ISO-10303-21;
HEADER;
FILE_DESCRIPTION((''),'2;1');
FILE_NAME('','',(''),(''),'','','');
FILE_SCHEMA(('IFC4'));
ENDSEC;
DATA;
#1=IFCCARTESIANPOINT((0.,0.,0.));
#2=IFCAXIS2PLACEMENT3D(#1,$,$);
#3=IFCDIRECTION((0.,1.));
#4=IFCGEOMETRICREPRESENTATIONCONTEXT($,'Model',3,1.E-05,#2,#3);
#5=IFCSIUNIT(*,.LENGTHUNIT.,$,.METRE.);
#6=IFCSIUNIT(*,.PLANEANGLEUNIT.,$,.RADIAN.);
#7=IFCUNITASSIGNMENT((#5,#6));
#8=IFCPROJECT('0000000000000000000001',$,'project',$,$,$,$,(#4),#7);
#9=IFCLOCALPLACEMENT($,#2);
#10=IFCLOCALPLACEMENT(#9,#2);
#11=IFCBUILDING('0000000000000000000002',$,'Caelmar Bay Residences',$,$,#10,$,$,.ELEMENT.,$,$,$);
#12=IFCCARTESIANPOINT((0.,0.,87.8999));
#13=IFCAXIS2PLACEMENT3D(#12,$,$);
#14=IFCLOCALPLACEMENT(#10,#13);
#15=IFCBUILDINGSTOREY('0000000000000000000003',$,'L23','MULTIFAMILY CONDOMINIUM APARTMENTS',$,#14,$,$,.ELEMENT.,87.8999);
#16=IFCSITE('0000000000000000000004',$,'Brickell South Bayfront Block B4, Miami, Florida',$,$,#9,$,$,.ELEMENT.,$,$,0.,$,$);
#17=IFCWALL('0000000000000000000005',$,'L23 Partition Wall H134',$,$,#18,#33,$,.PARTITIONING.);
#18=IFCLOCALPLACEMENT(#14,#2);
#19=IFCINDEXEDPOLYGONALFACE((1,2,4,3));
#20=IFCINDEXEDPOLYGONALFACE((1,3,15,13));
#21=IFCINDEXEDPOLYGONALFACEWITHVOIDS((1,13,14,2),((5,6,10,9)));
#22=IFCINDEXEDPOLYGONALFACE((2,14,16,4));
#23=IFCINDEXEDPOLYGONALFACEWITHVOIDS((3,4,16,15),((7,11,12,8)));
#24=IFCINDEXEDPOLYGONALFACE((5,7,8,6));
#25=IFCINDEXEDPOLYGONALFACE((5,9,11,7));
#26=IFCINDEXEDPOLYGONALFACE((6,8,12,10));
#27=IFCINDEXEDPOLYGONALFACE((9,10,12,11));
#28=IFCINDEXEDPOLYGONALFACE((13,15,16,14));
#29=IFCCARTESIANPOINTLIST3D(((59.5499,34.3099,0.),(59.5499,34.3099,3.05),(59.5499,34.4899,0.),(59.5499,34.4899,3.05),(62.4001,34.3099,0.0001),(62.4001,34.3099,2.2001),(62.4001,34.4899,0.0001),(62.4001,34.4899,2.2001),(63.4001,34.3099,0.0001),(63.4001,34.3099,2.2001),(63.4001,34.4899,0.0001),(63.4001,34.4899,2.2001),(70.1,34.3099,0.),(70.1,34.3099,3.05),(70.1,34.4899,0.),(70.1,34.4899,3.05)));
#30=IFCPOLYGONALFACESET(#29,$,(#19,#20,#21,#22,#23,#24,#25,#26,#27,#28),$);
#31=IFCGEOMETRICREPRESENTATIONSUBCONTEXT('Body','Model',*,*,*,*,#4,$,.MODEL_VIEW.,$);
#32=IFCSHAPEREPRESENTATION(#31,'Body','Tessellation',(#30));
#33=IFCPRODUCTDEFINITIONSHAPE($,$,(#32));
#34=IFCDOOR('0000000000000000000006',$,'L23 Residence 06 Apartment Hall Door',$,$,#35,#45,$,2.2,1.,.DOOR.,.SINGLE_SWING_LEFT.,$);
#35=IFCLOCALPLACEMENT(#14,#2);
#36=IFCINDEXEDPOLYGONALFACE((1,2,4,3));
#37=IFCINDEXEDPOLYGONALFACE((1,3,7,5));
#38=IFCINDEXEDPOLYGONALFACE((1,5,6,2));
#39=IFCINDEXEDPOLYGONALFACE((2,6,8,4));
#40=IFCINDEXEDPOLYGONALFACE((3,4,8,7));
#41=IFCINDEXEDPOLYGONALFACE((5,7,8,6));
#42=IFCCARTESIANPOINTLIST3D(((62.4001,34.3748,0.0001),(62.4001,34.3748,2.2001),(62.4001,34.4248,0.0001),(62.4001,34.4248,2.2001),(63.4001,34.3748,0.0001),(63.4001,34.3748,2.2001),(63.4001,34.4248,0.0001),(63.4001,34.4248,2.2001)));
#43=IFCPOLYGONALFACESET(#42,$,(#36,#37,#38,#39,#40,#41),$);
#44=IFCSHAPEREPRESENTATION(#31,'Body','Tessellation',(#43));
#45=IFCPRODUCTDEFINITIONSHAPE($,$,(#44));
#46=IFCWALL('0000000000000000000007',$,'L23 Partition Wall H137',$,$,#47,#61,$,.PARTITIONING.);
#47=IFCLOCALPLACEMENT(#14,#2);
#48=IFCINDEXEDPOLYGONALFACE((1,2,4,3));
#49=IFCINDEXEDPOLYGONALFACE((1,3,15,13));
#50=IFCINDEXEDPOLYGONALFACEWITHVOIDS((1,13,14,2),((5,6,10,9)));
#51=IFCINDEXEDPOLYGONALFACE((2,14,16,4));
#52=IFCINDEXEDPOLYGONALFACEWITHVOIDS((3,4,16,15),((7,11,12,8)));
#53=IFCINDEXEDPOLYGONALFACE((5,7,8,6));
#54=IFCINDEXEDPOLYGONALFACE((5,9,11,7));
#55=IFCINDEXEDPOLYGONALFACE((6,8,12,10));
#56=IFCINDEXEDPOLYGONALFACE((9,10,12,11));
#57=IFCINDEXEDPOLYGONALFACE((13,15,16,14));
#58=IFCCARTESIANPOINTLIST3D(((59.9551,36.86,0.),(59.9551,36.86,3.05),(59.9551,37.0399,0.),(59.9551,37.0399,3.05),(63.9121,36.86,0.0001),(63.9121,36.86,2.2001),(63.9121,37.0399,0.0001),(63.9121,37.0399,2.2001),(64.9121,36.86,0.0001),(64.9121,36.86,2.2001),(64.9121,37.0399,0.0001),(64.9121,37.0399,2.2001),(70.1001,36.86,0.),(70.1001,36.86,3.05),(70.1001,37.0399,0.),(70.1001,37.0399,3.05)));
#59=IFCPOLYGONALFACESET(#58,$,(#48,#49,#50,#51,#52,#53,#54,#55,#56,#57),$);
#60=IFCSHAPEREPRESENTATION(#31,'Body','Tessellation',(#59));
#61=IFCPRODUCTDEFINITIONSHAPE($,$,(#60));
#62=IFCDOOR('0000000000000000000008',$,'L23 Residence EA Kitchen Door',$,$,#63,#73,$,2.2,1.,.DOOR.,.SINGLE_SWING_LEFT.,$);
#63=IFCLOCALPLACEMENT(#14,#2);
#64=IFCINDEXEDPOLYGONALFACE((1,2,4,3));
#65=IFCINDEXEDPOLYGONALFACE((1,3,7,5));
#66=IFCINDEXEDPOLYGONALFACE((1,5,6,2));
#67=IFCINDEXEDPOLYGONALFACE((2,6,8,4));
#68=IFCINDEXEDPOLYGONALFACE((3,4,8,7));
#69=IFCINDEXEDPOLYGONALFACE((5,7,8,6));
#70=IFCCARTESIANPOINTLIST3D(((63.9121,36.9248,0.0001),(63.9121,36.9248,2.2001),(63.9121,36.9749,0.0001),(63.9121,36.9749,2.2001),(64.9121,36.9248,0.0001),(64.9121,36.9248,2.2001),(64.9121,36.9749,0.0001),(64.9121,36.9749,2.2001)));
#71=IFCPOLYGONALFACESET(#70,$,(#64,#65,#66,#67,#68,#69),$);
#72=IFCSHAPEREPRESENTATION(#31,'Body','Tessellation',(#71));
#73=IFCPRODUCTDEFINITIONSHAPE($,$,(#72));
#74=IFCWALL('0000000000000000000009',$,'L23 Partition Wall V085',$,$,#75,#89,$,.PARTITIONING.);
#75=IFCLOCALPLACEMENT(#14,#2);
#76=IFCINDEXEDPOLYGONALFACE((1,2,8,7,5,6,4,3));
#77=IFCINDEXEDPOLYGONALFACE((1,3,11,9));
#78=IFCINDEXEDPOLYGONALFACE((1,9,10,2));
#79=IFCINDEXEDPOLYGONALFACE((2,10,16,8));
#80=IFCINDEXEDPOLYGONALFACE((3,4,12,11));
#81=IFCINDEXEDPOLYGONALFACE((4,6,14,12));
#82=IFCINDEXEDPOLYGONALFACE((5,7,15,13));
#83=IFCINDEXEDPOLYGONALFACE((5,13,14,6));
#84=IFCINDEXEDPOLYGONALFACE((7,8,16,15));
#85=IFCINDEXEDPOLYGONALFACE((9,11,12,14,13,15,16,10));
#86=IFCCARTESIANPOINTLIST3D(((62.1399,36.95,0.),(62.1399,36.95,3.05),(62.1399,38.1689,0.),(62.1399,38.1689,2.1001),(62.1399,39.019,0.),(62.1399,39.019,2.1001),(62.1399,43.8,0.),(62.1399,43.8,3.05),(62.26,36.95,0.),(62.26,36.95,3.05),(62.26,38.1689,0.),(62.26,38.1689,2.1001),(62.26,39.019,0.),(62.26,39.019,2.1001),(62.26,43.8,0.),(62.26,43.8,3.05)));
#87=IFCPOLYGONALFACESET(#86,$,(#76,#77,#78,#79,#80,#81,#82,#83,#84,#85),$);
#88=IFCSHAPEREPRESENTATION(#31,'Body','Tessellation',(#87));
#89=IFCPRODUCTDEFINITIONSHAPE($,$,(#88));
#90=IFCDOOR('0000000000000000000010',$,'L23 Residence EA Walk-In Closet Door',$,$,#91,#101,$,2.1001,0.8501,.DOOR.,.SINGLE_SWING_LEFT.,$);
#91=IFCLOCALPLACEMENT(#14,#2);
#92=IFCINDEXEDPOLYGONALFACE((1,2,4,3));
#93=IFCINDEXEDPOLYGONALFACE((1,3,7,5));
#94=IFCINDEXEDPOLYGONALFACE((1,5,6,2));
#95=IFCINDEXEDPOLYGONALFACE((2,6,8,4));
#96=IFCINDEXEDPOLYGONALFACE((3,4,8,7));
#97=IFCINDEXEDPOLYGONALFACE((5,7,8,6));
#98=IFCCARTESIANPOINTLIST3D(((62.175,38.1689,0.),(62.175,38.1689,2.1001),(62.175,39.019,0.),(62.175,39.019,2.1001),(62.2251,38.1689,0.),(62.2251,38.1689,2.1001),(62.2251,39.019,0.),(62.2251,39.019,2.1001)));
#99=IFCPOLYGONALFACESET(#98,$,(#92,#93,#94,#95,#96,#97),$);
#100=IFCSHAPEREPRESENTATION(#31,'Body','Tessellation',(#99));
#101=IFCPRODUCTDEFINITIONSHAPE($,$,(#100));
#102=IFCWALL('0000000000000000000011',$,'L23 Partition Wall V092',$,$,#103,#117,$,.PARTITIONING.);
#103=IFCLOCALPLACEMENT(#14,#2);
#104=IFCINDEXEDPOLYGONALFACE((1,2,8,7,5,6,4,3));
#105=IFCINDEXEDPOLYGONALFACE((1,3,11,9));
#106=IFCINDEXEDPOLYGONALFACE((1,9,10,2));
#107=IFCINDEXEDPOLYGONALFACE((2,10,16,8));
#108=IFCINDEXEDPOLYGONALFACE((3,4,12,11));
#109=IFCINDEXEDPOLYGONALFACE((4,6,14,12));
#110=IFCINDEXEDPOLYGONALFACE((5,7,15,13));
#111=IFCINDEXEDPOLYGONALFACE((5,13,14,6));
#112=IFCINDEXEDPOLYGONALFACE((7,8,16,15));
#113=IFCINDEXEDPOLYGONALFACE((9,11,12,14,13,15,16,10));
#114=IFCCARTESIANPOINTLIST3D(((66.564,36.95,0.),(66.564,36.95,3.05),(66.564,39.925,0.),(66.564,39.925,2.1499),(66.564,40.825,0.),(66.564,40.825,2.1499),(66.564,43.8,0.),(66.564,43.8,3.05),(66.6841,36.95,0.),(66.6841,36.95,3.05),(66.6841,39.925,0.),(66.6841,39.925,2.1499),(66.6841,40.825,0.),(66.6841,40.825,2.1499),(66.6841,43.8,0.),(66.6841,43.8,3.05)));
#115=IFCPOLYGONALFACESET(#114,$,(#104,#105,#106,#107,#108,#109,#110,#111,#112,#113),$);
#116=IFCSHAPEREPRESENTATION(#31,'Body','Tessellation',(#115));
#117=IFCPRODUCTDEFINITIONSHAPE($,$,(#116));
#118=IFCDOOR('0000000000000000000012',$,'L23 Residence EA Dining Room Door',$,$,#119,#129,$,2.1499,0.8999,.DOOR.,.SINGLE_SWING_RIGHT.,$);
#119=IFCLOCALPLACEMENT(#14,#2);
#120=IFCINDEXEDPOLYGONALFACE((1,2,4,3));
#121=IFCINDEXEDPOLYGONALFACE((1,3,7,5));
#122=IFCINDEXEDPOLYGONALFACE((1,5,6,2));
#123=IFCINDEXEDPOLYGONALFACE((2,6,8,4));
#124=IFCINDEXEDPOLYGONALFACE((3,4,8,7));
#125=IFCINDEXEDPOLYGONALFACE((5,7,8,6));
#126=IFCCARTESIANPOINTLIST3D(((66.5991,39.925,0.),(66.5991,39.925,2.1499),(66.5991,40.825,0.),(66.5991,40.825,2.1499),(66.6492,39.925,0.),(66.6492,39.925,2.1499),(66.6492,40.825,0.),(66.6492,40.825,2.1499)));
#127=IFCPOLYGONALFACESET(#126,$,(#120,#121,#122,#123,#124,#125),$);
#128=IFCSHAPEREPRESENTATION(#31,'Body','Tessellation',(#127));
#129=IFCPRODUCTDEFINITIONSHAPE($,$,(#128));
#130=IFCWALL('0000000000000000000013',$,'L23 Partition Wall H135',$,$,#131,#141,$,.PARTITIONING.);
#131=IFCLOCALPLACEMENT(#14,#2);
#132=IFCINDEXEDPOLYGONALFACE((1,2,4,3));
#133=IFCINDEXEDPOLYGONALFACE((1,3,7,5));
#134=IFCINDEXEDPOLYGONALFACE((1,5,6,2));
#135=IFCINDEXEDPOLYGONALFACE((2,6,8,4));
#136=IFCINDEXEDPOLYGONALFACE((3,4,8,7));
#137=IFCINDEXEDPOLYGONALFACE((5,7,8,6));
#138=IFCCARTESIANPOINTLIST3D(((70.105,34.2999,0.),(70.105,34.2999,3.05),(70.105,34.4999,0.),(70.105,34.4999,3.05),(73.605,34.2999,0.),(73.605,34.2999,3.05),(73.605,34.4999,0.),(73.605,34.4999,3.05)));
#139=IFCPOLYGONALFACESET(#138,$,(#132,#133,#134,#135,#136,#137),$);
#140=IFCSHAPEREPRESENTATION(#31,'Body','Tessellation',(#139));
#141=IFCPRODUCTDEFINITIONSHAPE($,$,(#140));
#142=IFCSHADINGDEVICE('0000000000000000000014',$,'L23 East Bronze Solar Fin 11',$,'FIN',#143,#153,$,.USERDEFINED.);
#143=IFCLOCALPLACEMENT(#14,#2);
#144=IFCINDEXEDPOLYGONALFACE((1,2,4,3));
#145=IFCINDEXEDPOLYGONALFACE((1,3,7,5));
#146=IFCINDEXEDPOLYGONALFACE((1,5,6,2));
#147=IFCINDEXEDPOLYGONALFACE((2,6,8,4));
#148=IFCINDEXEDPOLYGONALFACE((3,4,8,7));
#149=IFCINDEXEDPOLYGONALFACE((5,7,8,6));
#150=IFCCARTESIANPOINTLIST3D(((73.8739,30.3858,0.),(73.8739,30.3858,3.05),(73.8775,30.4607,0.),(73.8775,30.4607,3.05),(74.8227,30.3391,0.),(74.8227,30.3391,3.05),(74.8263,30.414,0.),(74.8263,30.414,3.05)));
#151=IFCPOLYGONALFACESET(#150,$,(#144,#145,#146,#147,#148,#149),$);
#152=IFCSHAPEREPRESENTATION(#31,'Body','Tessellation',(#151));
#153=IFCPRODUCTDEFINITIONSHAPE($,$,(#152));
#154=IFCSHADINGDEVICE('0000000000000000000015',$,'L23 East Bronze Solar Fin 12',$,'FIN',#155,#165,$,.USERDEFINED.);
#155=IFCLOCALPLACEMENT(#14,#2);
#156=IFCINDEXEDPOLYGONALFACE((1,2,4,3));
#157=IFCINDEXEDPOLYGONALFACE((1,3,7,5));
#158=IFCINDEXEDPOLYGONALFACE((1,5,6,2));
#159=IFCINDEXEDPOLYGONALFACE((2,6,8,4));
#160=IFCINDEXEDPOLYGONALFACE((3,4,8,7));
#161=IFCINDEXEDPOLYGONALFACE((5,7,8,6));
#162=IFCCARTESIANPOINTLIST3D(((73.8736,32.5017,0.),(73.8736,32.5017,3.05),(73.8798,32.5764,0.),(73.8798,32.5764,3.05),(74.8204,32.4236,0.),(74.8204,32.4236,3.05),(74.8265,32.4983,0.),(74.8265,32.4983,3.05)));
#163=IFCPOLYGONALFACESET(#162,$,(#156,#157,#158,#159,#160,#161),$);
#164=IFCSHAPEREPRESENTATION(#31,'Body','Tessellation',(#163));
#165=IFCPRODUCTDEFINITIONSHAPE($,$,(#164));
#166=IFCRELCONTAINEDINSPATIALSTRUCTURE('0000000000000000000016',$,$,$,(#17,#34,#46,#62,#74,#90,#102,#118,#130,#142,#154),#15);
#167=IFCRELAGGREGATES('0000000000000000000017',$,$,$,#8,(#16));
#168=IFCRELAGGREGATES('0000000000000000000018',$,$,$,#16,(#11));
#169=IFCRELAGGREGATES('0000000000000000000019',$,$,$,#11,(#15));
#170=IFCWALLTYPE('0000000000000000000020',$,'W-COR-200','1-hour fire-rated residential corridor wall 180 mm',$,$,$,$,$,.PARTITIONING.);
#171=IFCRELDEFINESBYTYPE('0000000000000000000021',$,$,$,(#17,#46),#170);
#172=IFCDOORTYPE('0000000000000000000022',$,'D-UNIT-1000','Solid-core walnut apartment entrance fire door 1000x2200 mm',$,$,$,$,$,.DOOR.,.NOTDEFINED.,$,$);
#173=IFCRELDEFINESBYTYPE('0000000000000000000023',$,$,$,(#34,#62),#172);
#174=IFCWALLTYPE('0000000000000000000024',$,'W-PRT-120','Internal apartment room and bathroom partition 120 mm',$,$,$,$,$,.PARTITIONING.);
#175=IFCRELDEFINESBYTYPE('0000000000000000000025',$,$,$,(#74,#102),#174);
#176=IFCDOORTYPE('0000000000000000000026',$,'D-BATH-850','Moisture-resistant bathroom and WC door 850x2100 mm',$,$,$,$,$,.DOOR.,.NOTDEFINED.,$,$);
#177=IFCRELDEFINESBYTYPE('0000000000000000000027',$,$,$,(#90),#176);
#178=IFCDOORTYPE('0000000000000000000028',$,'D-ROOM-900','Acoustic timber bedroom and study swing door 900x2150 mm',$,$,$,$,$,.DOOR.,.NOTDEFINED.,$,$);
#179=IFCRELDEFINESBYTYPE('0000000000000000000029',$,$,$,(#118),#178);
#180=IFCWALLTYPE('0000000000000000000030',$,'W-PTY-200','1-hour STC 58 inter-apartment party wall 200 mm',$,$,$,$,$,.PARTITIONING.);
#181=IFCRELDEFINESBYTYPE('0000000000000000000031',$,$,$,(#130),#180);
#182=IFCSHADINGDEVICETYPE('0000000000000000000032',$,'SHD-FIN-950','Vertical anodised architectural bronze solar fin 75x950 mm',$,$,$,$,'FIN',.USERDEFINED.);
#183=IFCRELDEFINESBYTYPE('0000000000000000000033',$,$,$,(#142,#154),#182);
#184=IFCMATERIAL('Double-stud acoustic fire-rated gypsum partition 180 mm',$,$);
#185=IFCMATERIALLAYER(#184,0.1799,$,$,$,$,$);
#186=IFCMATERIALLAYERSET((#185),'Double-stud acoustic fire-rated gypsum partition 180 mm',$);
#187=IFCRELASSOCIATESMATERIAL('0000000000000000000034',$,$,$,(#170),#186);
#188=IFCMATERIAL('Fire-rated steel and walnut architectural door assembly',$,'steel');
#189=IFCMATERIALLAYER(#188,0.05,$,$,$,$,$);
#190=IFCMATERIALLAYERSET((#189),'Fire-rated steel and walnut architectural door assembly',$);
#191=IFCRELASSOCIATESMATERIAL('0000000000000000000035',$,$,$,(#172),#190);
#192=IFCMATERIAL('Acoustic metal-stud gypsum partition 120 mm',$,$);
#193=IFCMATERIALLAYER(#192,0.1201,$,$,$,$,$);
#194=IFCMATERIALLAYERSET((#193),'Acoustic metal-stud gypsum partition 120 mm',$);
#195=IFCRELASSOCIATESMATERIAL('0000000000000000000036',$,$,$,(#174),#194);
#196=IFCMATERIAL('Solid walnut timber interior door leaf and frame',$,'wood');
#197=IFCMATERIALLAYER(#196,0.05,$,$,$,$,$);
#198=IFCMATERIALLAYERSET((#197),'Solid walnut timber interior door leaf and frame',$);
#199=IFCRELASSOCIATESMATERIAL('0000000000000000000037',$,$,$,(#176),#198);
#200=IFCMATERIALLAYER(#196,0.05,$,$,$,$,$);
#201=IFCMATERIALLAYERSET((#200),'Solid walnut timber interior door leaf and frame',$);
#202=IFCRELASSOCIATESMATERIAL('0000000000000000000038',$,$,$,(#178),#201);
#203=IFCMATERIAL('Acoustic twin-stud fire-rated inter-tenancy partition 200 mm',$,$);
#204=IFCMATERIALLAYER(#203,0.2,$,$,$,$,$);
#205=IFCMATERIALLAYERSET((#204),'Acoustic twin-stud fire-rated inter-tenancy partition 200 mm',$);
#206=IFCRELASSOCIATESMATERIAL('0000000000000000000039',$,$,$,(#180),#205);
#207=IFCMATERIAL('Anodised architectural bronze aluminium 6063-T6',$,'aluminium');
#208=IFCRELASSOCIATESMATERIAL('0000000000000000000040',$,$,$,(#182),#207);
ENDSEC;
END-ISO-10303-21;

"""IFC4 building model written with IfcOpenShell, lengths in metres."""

from ifc_helpers import new_model, si_unit, direction, frame, frame_2d, origin, origin_2d, place, context, subcontext, project, spatial, rectangle, extrude, material, layer, layer_set, material_profile, profile_set, type_object, element, fill, save


model = new_model("IFC4")

# Units and contexts
model_context = context("Model", 3, precision=1e-05, world=origin(), true_north=direction((0.0, 1.0)))
body_context = subcontext(model_context, "Body", "Model", "MODEL_VIEW")
ifc_project = project(units=[si_unit("LENGTHUNIT", "METRE"), si_unit("PLANEANGLEUNIT", "RADIAN")], contexts=[model_context])

# Site, building, storey
site_placement = place(None, origin())
site = spatial("IfcSite", under=ifc_project, at=site_placement, Name="Brickell South Bayfront Block B4, Miami, Florida", CompositionType="ELEMENT", RefElevation=0.0)
building_placement = place(site_placement, origin())
building = spatial("IfcBuilding", under=site, at=building_placement, Name="Caelmar Bay Residences", CompositionType="ELEMENT")
storey_placement = place(building_placement, frame((0.0, 0.0, 87.8999)))
storey = spatial("IfcBuildingStorey", under=building, at=storey_placement, Name="L23", Description="MULTIFAMILY CONDOMINIUM APARTMENTS", CompositionType="ELEMENT", Elevation=87.8999)

# Shared definitions
ifc_material_1 = material(Name="Double-stud acoustic fire-rated gypsum partition 180 mm")
ifc_layer_1 = layer(ifc_material_1, 0.1799)
ifc_layer_set_1 = layer_set([ifc_layer_1], Name="Double-stud acoustic fire-rated gypsum partition 180 mm")
wall_type_1 = type_object("IfcWallType", Name="W-COR-200", Description="1-hour fire-rated residential corridor wall 180 mm", PredefinedType="PARTITIONING", material=ifc_layer_set_1)

# Walls, openings, doors
wall_1_placement = place(storey_placement, frame((59.55, 34.3999, 0.0), z_axis=(0.0, 0.0, 1.0), x_axis=(1.0, 0.0, 0.0)))
wall_1 = element("IfcWall", 1, at=wall_1_placement, inside=storey, type_object=wall_type_1, Name="L23 Partition Wall H134", PredefinedType="PARTITIONING", context=body_context, shape_type="SweptSolid", body=[
    extrude(rectangle(XDim=10.55, YDim=0.1799, at=frame_2d((5.2749, 0.0))), origin(), (0.0, 0.0, 1.0), 3.05),
])
opening_1_placement = place(wall_1_placement, frame((2.8501, 0.0, 0.0)))
opening_1 = element("IfcOpeningElement", 2, at=opening_1_placement, cuts=wall_1, PredefinedType="OPENING", context=body_context, shape_type="SweptSolid", body=[
    extrude(rectangle(XDim=1.0, YDim=2.2, at=frame_2d((0.5, 1.1001))), frame((0.0, 0.0999, 0.0), z_axis=(0.0, -1.0, 0.0), x_axis=(1.0, 0.0, 0.0)), (0.0, 0.0, 1.0), 0.2),
])
ifc_material_2 = material(Name="Fire-rated steel and walnut architectural door assembly", Category="steel")
ifc_layer_2 = layer(ifc_material_2, 0.05)
ifc_layer_set_2 = layer_set([ifc_layer_2], Name="Fire-rated steel and walnut architectural door assembly")
door_type_1 = type_object("IfcDoorType", Name="D-UNIT-1000", Description="Solid-core walnut apartment entrance fire door 1000x2200 mm", OperationType="NOTDEFINED", PredefinedType="DOOR", material=ifc_layer_set_2)
door_1_placement = place(opening_1_placement, origin())
door_1 = element("IfcDoor", 3, at=door_1_placement, inside=storey, type_object=door_type_1, Name="L23 Residence 06 Apartment Hall Door", OperationType="SINGLE_SWING_LEFT", OverallHeight=2.2, OverallWidth=1.0, PredefinedType="DOOR", context=body_context, shape_type="SweptSolid", body=[
    extrude(rectangle(XDim=1.0, YDim=2.2, at=frame_2d((0.5, 1.1001))), frame((0.0, 0.0249, 0.0), z_axis=(0.0, -1.0, 0.0), x_axis=(1.0, 0.0, 0.0)), (0.0, 0.0, 1.0), 0.05),
])
fill(opening_1, door_1)
wall_2_placement = place(storey_placement, frame((59.9551, 36.95, 0.0), z_axis=(0.0, 0.0, 1.0), x_axis=(1.0, 0.0, 0.0)))
wall_2 = element("IfcWall", 4, at=wall_2_placement, inside=storey, type_object=wall_type_1, Name="L23 Partition Wall H137", PredefinedType="PARTITIONING", context=body_context, shape_type="SweptSolid", body=[
    extrude(rectangle(XDim=10.145, YDim=0.1799, at=frame_2d((5.0725, 0.0))), origin(), (0.0, 0.0, 1.0), 3.05),
])
opening_2_placement = place(wall_2_placement, frame((3.957, 0.0, 0.0)))
opening_2 = element("IfcOpeningElement", 5, at=opening_2_placement, cuts=wall_2, PredefinedType="OPENING", context=body_context, shape_type="SweptSolid", body=[
    extrude(rectangle(XDim=1.0, YDim=2.2, at=frame_2d((0.5, 1.1001))), frame((0.0, 0.0999, 0.0), z_axis=(0.0, -1.0, 0.0), x_axis=(1.0, 0.0, 0.0)), (0.0, 0.0, 1.0), 0.2),
])
door_2_placement = place(opening_2_placement, origin())
door_2 = element("IfcDoor", 6, at=door_2_placement, inside=storey, type_object=door_type_1, Name="L23 Residence EA Kitchen Door", OperationType="SINGLE_SWING_LEFT", OverallHeight=2.2, OverallWidth=1.0, PredefinedType="DOOR", context=body_context, shape_type="SweptSolid", body=[
    extrude(rectangle(XDim=1.0, YDim=2.2, at=frame_2d((0.5, 1.1001))), frame((0.0, 0.0249, 0.0), z_axis=(0.0, -1.0, 0.0), x_axis=(1.0, 0.0, 0.0)), (0.0, 0.0, 1.0), 0.05),
])
fill(opening_2, door_2)
ifc_material_3 = material(Name="Acoustic metal-stud gypsum partition 120 mm")
ifc_layer_3 = layer(ifc_material_3, 0.1201)
ifc_layer_set_3 = layer_set([ifc_layer_3], Name="Acoustic metal-stud gypsum partition 120 mm")
wall_type_2 = type_object("IfcWallType", Name="W-PRT-120", Description="Internal apartment room and bathroom partition 120 mm", PredefinedType="PARTITIONING", material=ifc_layer_set_3)
wall_3_placement = place(storey_placement, frame((62.2, 36.95, 0.0), z_axis=(0.0, 0.0, 1.0), x_axis=(0.0, 1.0, 0.0)))
wall_3 = element("IfcWall", 7, at=wall_3_placement, inside=storey, type_object=wall_type_2, Name="L23 Partition Wall V085", PredefinedType="PARTITIONING", context=body_context, shape_type="SweptSolid", body=[
    extrude(rectangle(XDim=6.8501, YDim=0.1201, at=frame_2d((3.425, 0.0))), origin(), (0.0, 0.0, 1.0), 3.05),
])
opening_3_placement = place(wall_3_placement, frame((1.219, 0.0, 0.0)))
opening_3 = element("IfcOpeningElement", 8, at=opening_3_placement, cuts=wall_3, PredefinedType="OPENING", context=body_context, shape_type="SweptSolid", body=[
    extrude(rectangle(XDim=0.8501, YDim=2.1001, at=frame_2d((0.425, 1.05))), frame((0.0, 0.0701, 0.0), z_axis=(0.0, -1.0, 0.0), x_axis=(1.0, 0.0, 0.0)), (0.0, 0.0, 1.0), 0.1401),
])
ifc_material_4 = material(Name="Solid walnut timber interior door leaf and frame", Category="wood")
ifc_layer_4 = layer(ifc_material_4, 0.05)
ifc_layer_set_4 = layer_set([ifc_layer_4], Name="Solid walnut timber interior door leaf and frame")
door_type_2 = type_object("IfcDoorType", Name="D-BATH-850", Description="Moisture-resistant bathroom and WC door 850x2100 mm", OperationType="NOTDEFINED", PredefinedType="DOOR", material=ifc_layer_set_4)
door_3_placement = place(opening_3_placement, origin())
door_3 = element("IfcDoor", 9, at=door_3_placement, inside=storey, type_object=door_type_2, Name="L23 Residence EA Walk-In Closet Door", OperationType="SINGLE_SWING_LEFT", OverallHeight=2.1001, OverallWidth=0.8501, PredefinedType="DOOR", context=body_context, shape_type="SweptSolid", body=[
    extrude(rectangle(XDim=0.8501, YDim=2.1001, at=frame_2d((0.425, 1.05))), frame((0.0, 0.0249, 0.0), z_axis=(0.0, -1.0, 0.0), x_axis=(1.0, 0.0, 0.0)), (0.0, 0.0, 1.0), 0.05),
])
fill(opening_3, door_3)
wall_4_placement = place(storey_placement, frame((66.624, 36.95, 0.0), z_axis=(0.0, 0.0, 1.0), x_axis=(0.0, 1.0, 0.0)))
wall_4 = element("IfcWall", 10, at=wall_4_placement, inside=storey, type_object=wall_type_2, Name="L23 Partition Wall V092", PredefinedType="PARTITIONING", context=body_context, shape_type="SweptSolid", body=[
    extrude(rectangle(XDim=6.8501, YDim=0.1201, at=frame_2d((3.425, 0.0))), origin(), (0.0, 0.0, 1.0), 3.05),
])
opening_4_placement = place(wall_4_placement, frame((2.9751, 0.0, 0.0)))
opening_4 = element("IfcOpeningElement", 11, at=opening_4_placement, cuts=wall_4, PredefinedType="OPENING", context=body_context, shape_type="SweptSolid", body=[
    extrude(rectangle(XDim=0.8999, YDim=2.1499, at=frame_2d((0.45, 1.075))), frame((0.0, 0.0701, 0.0), z_axis=(0.0, -1.0, 0.0), x_axis=(1.0, 0.0, 0.0)), (0.0, 0.0, 1.0), 0.1401),
])
ifc_layer_5 = layer(ifc_material_4, 0.05)
ifc_layer_set_5 = layer_set([ifc_layer_5], Name="Solid walnut timber interior door leaf and frame")
door_type_3 = type_object("IfcDoorType", Name="D-ROOM-900", Description="Acoustic timber bedroom and study swing door 900x2150 mm", OperationType="NOTDEFINED", PredefinedType="DOOR", material=ifc_layer_set_5)
door_4_placement = place(opening_4_placement, origin())
door_4 = element("IfcDoor", 12, at=door_4_placement, inside=storey, type_object=door_type_3, Name="L23 Residence EA Dining Room Door", OperationType="SINGLE_SWING_RIGHT", OverallHeight=2.1499, OverallWidth=0.8999, PredefinedType="DOOR", context=body_context, shape_type="SweptSolid", body=[
    extrude(rectangle(XDim=0.8999, YDim=2.1499, at=frame_2d((0.45, 1.075))), frame((0.0, 0.0249, 0.0), z_axis=(0.0, -1.0, 0.0), x_axis=(1.0, 0.0, 0.0)), (0.0, 0.0, 1.0), 0.05),
])
fill(opening_4, door_4)

# Wall
ifc_material_5 = material(Name="Acoustic twin-stud fire-rated inter-tenancy partition 200 mm")
ifc_layer_6 = layer(ifc_material_5, 0.2)
ifc_layer_set_6 = layer_set([ifc_layer_6], Name="Acoustic twin-stud fire-rated inter-tenancy partition 200 mm")
wall_type_3 = type_object("IfcWallType", Name="W-PTY-200", Description="1-hour STC 58 inter-apartment party wall 200 mm", PredefinedType="PARTITIONING", material=ifc_layer_set_6)
wall_5_placement = place(storey_placement, frame((70.105, 34.3999, 0.0), z_axis=(0.0, 0.0, 1.0), x_axis=(1.0, 0.0, 0.0)))
element("IfcWall", 13, at=wall_5_placement, inside=storey, type_object=wall_type_3, Name="L23 Partition Wall H135", PredefinedType="PARTITIONING", context=body_context, shape_type="SweptSolid", body=[
    extrude(rectangle(XDim=3.5, YDim=0.2, at=frame_2d((1.75, 0.0))), origin(), (0.0, 0.0, 1.0), 3.05),
])

# Shading devices
ifc_material_6 = material(Name="Anodised architectural bronze aluminium 6063-T6", Category="aluminium")
ifc_material_profile_1 = material_profile(ifc_material_6, rectangle(XDim=0.075, YDim=0.95, at=origin_2d()), Name="BRONZE-FIN-75X950")
ifc_profile_set_1 = profile_set([ifc_material_profile_1], Name="Anodised architectural bronze aluminium 6063-T6")
shading_device_type = type_object("IfcShadingDeviceType", Name="SHD-FIN-950", Description="Vertical anodised architectural bronze solar fin 75x950 mm", ElementType="FIN", PredefinedType="USERDEFINED", material=ifc_profile_set_1)
for number, where, z_axis, x_axis, name in (
    (14, (74.3501, 30.3999, 0.0), (0.0, 0.0, 1.0), (0.049198, 0.998789, 0.0), "L23 East Bronze Solar Fin 11"),
    (15, (74.3501, 32.5, 0.0), (0.0, 0.0, 1.0), (0.082112, 0.996623, 0.0), "L23 East Bronze Solar Fin 12"),
):
    element("IfcShadingDevice", number, at=place(storey_placement, frame(where, z_axis=z_axis, x_axis=x_axis)), inside=storey, type_object=shading_device_type, Name=name, ObjectType="FIN", PredefinedType="USERDEFINED", context=body_context, shape_type="SweptSolid", body=[
        extrude(rectangle(XDim=0.075, YDim=0.95, at=origin_2d()), origin(), (0.0, 0.0, 1.0), 3.05),
    ])

save(model, "model.ifc")
